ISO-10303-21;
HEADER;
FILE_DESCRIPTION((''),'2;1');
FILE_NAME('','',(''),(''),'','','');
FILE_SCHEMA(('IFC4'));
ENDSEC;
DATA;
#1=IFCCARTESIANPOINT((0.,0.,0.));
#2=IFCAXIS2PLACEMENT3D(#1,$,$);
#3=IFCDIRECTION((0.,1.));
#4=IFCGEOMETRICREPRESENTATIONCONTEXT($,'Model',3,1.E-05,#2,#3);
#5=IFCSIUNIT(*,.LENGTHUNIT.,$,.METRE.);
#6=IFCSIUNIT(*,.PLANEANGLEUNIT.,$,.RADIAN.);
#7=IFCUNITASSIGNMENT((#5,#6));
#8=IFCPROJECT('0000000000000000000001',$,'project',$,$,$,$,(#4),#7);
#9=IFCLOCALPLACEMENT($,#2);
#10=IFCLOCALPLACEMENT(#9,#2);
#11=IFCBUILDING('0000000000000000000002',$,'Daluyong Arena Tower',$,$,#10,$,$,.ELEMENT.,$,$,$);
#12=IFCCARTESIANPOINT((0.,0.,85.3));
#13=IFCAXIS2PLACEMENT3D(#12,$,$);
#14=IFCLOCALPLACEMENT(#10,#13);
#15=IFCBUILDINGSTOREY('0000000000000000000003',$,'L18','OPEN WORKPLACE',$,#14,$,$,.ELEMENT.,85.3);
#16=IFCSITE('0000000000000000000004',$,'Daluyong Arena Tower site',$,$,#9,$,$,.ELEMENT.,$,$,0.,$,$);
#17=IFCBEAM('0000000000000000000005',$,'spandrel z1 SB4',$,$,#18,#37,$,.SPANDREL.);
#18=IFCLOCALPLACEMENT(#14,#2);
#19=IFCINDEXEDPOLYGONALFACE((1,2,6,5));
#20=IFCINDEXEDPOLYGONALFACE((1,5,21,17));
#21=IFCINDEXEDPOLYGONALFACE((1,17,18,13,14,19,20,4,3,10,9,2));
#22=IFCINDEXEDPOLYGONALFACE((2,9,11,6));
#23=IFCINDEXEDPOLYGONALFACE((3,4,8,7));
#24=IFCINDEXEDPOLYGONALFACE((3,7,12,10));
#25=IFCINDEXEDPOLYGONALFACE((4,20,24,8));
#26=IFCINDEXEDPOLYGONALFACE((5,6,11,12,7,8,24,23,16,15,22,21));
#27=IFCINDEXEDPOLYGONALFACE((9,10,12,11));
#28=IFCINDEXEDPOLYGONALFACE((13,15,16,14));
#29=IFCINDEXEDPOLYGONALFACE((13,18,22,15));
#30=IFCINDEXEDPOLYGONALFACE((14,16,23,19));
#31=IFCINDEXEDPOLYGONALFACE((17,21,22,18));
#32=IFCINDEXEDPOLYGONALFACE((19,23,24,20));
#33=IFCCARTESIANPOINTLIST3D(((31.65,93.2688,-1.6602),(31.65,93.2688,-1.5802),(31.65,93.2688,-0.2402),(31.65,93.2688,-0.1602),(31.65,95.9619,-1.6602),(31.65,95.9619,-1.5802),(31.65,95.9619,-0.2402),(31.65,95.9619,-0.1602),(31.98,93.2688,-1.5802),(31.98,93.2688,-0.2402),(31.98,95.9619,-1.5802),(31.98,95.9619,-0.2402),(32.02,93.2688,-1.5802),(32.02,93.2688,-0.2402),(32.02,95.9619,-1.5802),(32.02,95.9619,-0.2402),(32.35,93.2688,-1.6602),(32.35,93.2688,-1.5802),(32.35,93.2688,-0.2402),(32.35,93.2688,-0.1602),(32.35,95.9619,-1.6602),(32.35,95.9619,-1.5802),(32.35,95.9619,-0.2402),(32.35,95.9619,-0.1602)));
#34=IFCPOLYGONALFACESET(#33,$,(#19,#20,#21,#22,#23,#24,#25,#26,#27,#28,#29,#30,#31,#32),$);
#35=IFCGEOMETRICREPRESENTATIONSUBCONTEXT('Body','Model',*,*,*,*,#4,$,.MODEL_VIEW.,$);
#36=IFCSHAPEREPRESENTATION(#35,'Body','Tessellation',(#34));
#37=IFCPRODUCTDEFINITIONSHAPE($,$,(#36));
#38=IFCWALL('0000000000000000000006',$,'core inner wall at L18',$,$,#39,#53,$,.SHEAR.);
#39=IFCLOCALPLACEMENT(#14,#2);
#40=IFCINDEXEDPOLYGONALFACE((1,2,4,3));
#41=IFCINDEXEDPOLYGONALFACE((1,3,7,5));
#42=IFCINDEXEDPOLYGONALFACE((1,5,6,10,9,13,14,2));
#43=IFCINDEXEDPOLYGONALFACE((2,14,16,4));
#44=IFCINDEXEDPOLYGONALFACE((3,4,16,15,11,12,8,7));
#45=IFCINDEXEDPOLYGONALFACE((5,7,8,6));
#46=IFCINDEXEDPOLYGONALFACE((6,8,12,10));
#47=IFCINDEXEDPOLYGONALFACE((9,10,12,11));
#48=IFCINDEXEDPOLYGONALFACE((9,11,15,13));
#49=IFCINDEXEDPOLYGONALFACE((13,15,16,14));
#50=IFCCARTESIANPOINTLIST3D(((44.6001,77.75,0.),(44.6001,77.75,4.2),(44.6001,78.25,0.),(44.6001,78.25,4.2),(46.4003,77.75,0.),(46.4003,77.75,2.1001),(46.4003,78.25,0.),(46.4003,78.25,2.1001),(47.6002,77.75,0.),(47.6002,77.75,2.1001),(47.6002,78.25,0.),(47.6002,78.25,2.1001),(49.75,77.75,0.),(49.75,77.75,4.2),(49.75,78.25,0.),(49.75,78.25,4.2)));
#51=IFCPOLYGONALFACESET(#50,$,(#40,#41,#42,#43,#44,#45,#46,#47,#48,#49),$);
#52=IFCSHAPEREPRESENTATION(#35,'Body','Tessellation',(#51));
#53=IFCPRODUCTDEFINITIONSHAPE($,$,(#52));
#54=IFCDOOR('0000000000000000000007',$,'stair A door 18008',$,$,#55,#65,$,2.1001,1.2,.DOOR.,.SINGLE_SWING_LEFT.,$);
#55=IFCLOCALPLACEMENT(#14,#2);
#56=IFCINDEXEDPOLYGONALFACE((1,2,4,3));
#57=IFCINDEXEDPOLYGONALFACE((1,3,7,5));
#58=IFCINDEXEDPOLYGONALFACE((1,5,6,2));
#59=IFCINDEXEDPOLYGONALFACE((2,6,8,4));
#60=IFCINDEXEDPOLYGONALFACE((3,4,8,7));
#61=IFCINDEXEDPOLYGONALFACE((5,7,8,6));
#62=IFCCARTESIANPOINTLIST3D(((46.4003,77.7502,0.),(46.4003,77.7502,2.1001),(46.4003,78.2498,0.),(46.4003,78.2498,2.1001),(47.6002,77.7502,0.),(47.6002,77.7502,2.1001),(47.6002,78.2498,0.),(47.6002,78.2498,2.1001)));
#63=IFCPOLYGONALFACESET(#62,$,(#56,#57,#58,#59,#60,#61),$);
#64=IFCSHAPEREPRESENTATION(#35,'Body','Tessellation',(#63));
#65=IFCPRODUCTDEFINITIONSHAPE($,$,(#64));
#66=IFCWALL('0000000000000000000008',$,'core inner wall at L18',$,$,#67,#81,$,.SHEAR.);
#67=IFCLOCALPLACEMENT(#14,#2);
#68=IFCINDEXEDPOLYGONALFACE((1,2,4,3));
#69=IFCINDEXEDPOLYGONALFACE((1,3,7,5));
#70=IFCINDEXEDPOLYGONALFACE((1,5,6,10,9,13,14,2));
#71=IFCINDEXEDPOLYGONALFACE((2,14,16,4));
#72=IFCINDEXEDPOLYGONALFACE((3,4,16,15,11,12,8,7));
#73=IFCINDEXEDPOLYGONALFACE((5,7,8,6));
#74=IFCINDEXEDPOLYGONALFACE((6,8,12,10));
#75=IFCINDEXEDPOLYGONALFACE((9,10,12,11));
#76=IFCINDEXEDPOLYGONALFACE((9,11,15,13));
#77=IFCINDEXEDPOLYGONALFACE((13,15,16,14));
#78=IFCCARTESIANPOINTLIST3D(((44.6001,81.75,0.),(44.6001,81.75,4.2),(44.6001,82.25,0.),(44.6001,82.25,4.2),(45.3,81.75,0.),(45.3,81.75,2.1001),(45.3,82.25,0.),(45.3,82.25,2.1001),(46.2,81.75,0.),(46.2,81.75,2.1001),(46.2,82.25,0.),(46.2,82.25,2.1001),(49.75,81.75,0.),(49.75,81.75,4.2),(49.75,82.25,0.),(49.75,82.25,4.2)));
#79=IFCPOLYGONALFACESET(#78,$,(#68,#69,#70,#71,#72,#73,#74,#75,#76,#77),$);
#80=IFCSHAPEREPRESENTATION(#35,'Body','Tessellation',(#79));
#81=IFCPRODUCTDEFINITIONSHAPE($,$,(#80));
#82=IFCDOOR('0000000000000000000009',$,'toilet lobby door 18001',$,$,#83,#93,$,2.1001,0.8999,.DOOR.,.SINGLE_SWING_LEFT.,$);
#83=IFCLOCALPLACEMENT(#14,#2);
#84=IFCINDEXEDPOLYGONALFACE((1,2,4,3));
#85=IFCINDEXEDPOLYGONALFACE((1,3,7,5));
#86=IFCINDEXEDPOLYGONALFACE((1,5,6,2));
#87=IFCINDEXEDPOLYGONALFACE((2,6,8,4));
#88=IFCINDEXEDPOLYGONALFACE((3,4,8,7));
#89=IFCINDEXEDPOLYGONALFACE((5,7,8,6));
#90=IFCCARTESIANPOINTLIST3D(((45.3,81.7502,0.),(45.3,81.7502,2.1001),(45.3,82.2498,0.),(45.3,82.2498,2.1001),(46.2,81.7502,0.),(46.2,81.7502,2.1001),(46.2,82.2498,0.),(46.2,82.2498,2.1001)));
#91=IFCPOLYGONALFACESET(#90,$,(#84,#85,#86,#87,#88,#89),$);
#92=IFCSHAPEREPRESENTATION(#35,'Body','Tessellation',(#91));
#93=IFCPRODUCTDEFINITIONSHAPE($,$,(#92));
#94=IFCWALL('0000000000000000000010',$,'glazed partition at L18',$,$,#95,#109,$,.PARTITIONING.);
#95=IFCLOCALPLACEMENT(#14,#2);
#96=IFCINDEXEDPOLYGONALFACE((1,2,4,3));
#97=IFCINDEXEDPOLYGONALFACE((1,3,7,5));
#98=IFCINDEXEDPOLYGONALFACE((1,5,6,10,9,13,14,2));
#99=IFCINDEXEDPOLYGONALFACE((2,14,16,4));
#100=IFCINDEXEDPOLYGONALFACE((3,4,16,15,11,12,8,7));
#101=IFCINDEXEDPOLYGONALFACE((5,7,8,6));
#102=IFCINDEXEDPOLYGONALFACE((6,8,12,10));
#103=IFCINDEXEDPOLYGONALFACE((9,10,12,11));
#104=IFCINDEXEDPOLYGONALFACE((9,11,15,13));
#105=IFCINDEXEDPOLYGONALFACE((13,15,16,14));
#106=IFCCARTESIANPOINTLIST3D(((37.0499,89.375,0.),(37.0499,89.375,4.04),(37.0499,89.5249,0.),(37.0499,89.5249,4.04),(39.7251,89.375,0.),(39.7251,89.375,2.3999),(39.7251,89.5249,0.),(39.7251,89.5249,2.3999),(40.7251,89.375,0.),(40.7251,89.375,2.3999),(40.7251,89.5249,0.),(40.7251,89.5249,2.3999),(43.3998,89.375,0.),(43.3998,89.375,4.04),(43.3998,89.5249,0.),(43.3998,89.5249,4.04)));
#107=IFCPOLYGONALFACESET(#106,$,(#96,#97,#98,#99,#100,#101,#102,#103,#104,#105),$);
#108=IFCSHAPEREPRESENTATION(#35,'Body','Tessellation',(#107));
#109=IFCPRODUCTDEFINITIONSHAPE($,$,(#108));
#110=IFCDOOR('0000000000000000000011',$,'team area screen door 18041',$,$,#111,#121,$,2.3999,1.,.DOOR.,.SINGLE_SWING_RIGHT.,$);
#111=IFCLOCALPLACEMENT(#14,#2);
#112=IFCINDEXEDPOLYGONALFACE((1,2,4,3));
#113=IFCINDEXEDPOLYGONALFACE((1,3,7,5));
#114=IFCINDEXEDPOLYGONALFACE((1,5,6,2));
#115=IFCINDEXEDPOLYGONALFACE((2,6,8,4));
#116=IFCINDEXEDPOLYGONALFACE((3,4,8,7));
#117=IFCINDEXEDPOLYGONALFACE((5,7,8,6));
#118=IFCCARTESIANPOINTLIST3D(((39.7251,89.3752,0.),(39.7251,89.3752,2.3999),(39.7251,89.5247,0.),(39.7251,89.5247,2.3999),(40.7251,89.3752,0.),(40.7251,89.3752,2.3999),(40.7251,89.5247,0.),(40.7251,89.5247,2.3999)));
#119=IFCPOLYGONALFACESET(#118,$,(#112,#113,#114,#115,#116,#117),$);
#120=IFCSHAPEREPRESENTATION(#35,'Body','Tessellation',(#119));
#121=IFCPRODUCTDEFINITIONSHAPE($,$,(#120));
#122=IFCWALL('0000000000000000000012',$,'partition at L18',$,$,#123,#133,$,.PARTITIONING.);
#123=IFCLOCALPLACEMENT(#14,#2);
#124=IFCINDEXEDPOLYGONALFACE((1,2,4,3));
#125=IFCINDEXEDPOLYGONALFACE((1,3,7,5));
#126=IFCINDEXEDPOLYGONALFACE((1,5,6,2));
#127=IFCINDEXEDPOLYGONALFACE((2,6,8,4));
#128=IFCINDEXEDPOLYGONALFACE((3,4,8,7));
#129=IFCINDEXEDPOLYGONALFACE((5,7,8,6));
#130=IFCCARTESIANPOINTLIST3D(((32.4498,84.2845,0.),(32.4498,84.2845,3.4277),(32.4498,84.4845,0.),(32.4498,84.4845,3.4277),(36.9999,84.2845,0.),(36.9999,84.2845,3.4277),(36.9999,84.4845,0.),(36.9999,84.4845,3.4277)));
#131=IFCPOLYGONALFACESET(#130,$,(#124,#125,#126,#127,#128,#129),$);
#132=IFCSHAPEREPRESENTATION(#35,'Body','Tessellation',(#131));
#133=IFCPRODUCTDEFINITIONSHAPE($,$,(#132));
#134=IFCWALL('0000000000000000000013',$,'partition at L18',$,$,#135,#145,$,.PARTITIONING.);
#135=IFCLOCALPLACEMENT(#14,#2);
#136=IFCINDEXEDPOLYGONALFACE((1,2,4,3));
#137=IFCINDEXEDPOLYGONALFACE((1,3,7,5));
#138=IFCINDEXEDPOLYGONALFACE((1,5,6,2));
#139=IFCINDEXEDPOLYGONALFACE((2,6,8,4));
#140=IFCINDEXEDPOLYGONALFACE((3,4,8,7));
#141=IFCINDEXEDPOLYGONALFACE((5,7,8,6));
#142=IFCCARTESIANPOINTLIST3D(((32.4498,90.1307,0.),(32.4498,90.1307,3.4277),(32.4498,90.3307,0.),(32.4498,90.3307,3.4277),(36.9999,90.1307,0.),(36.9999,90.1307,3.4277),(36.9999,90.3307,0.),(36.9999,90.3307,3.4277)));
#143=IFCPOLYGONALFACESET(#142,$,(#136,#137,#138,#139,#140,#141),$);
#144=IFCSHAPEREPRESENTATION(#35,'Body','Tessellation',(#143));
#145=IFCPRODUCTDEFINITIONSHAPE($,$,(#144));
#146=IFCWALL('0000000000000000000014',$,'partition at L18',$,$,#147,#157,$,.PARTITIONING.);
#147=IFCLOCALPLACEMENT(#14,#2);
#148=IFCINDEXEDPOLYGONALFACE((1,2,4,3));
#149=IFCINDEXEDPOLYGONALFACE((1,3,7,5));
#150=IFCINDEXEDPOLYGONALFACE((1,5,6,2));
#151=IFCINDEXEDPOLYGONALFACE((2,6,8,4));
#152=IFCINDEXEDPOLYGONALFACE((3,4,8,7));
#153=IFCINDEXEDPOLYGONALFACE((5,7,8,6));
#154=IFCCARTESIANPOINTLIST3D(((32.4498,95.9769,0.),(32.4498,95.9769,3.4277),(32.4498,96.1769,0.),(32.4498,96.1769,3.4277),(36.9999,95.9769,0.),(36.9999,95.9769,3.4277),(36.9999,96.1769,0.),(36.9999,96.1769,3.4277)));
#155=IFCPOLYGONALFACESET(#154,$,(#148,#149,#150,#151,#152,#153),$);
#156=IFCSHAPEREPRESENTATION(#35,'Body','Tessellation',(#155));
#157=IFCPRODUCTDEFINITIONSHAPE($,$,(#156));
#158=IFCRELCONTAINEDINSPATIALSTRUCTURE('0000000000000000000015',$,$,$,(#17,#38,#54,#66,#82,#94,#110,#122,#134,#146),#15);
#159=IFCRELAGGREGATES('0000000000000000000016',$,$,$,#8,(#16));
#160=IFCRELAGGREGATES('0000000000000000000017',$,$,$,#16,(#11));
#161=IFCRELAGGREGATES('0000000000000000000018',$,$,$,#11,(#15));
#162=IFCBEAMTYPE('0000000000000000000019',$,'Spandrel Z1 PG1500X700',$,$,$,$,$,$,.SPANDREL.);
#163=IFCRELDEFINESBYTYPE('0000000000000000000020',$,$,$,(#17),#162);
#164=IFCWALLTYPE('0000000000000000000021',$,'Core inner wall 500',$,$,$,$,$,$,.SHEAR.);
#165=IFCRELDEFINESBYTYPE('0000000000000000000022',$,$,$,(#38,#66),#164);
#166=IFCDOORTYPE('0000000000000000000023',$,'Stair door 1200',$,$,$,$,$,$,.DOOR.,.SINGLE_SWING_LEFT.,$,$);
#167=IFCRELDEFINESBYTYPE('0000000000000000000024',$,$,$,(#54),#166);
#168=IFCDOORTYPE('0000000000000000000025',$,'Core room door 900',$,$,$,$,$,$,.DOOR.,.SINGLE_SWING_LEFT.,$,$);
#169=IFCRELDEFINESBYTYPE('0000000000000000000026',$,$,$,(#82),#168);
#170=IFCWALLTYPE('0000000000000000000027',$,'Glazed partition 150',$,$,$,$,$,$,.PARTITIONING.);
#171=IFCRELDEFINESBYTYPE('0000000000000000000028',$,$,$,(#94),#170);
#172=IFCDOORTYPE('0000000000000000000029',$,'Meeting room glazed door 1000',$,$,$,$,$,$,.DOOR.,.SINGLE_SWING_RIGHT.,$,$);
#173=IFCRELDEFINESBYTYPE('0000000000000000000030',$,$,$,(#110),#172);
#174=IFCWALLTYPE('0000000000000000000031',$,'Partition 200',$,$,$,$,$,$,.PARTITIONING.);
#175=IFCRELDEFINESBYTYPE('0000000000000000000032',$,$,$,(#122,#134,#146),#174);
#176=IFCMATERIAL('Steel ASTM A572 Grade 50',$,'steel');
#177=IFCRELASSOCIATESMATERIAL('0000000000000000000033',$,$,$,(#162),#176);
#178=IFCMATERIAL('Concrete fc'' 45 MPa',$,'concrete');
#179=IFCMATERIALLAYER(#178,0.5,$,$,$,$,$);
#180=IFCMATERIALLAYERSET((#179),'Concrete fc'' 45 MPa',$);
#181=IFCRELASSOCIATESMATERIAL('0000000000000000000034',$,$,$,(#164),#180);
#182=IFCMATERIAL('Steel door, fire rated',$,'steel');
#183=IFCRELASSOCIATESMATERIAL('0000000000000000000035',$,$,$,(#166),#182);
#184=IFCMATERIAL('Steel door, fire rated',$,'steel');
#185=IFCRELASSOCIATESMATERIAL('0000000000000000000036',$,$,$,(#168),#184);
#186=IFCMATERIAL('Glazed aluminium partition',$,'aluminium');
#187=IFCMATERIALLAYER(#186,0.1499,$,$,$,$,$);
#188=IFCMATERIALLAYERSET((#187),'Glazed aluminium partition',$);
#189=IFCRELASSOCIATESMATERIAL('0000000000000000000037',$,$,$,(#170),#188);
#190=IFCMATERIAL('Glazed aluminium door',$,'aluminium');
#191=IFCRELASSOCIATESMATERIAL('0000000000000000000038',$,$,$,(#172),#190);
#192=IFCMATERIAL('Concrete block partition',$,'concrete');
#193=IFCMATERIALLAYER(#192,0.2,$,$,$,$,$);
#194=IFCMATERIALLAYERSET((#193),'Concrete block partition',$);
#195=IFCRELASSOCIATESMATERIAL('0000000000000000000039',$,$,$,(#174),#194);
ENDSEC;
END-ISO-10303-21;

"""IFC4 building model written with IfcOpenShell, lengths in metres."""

from ifc_helpers import new_model, si_unit, direction, frame, frame_2d, origin, origin_2d, place, context, subcontext, project, spatial, rectangle, i_section, extrude, material, layer, layer_set, material_profile, profile_set, type_object, element, fill, save


model = new_model("IFC4")

# Units and contexts
model_context = context("Model", 3, precision=1e-05, world=origin(), true_north=direction((0.0, 1.0)))
body_context = subcontext(model_context, "Body", "Model", "MODEL_VIEW")
ifc_project = project(units=[si_unit("LENGTHUNIT", "METRE"), si_unit("PLANEANGLEUNIT", "RADIAN")], contexts=[model_context])

# Site, building, storey
site_placement = place(None, origin())
site = spatial("IfcSite", under=ifc_project, at=site_placement, Name="Daluyong Arena Tower site", CompositionType="ELEMENT", RefElevation=0.0)
building_placement = place(site_placement, origin())
building = spatial("IfcBuilding", under=site, at=building_placement, Name="Daluyong Arena Tower", CompositionType="ELEMENT")
storey_placement = place(building_placement, frame((0.0, 0.0, 85.3)))
storey = spatial("IfcBuildingStorey", under=building, at=storey_placement, Name="L18", Description="OPEN WORKPLACE", CompositionType="ELEMENT", Elevation=85.3)

# Beam
ifc_material_1 = material(Name="Steel ASTM A572 Grade 50", Category="steel")
ifc_material_profile_1 = material_profile(ifc_material_1, i_section(OverallWidth=0.7, OverallDepth=1.5, WebThickness=0.04, FlangeThickness=0.08, at=origin_2d()))
ifc_profile_set_1 = profile_set([ifc_material_profile_1], Name="Steel ASTM A572 Grade 50")
beam_type_1 = type_object("IfcBeamType", Name="Spandrel Z1 PG1500X700", PredefinedType="SPANDREL", material=ifc_profile_set_1)
beam_1_placement = place(storey_placement, frame((32.0, 95.9619, -0.9102), z_axis=(0.0, -1.0, 0.0), x_axis=(1.0, 0.0, 0.0)))
element("IfcBeam", 1, at=beam_1_placement, inside=storey, type_object=beam_type_1, Name="spandrel z1 SB4", PredefinedType="SPANDREL", context=body_context, shape_type="SweptSolid", body=[
    extrude(i_section(OverallWidth=0.7, OverallDepth=1.5, WebThickness=0.04, FlangeThickness=0.08, at=origin_2d()), origin(), (0.0, 0.0, 1.0), 2.6931),
])

# Walls, openings, doors
ifc_material_2 = material(Name="Concrete fc' 45 MPa", Category="concrete")
ifc_layer_1 = layer(ifc_material_2, 0.5)
ifc_layer_set_1 = layer_set([ifc_layer_1], Name="Concrete fc' 45 MPa")
wall_type_1 = type_object("IfcWallType", Name="Core inner wall 500", PredefinedType="SHEAR", material=ifc_layer_set_1)
wall_1_placement = place(storey_placement, frame((44.6001, 78.0, 0.0), z_axis=(0.0, 0.0, 1.0), x_axis=(1.0, 0.0, 0.0)))
wall_1 = element("IfcWall", 2, at=wall_1_placement, inside=storey, type_object=wall_type_1, Name="core inner wall at L18", PredefinedType="SHEAR", context=body_context, shape_type="SweptSolid", body=[
    extrude(rectangle(XDim=5.1499, YDim=0.5, at=frame_2d((2.575, 0.0))), origin(), (0.0, 0.0, 1.0), 4.2),
])
opening_1_placement = place(wall_1_placement, frame((1.8, 0.0, 0.0)))
opening_1 = element("IfcOpeningElement", 3, at=opening_1_placement, cuts=wall_1, PredefinedType="OPENING", context=body_context, shape_type="SweptSolid", body=[
    extrude(rectangle(XDim=1.2, YDim=2.1001, at=frame_2d((0.6001, 1.05))), frame((0.0, 0.26, 0.0), z_axis=(0.0, -1.0, 0.0), x_axis=(1.0, 0.0, 0.0)), (0.0, 0.0, 1.0), 0.52),
])
ifc_material_3 = material(Name="Steel door, fire rated", Category="steel")
door_type_1 = type_object("IfcDoorType", Name="Stair door 1200", OperationType="SINGLE_SWING_LEFT", PredefinedType="DOOR", material=ifc_material_3)
door_1_placement = place(opening_1_placement, origin())
door_1 = element("IfcDoor", 4, at=door_1_placement, inside=storey, type_object=door_type_1, Name="stair A door 18008", OperationType="SINGLE_SWING_LEFT", OverallHeight=2.1001, OverallWidth=1.2, PredefinedType="DOOR", context=body_context, shape_type="SweptSolid", body=[
    extrude(rectangle(XDim=1.2, YDim=2.1001, at=frame_2d((0.6001, 1.05))), frame((0.0, 0.2498, 0.0), z_axis=(0.0, -1.0, 0.0), x_axis=(1.0, 0.0, 0.0)), (0.0, 0.0, 1.0), 0.4995),
])
fill(opening_1, door_1)
wall_2_placement = place(storey_placement, frame((44.6001, 82.0, 0.0), z_axis=(0.0, 0.0, 1.0), x_axis=(1.0, 0.0, 0.0)))
wall_2 = element("IfcWall", 5, at=wall_2_placement, inside=storey, type_object=wall_type_1, Name="core inner wall at L18", PredefinedType="SHEAR", context=body_context, shape_type="SweptSolid", body=[
    extrude(rectangle(XDim=5.1499, YDim=0.5, at=frame_2d((2.575, 0.0))), origin(), (0.0, 0.0, 1.0), 4.2),
])
opening_2_placement = place(wall_2_placement, frame((0.7, 0.0, 0.0)))
opening_2 = element("IfcOpeningElement", 6, at=opening_2_placement, cuts=wall_2, PredefinedType="OPENING", context=body_context, shape_type="SweptSolid", body=[
    extrude(rectangle(XDim=0.8999, YDim=2.1001, at=frame_2d((0.45, 1.05))), frame((0.0, 0.26, 0.0), z_axis=(0.0, -1.0, 0.0), x_axis=(1.0, 0.0, 0.0)), (0.0, 0.0, 1.0), 0.52),
])
ifc_material_4 = material(Name="Steel door, fire rated", Category="steel")
door_type_2 = type_object("IfcDoorType", Name="Core room door 900", OperationType="SINGLE_SWING_LEFT", PredefinedType="DOOR", material=ifc_material_4)
door_2_placement = place(opening_2_placement, origin())
door_2 = element("IfcDoor", 7, at=door_2_placement, inside=storey, type_object=door_type_2, Name="toilet lobby door 18001", OperationType="SINGLE_SWING_LEFT", OverallHeight=2.1001, OverallWidth=0.8999, PredefinedType="DOOR", context=body_context, shape_type="SweptSolid", body=[
    extrude(rectangle(XDim=0.8999, YDim=2.1001, at=frame_2d((0.45, 1.05))), frame((0.0, 0.2498, 0.0), z_axis=(0.0, -1.0, 0.0), x_axis=(1.0, 0.0, 0.0)), (0.0, 0.0, 1.0), 0.4995),
])
fill(opening_2, door_2)
ifc_material_5 = material(Name="Glazed aluminium partition", Category="aluminium")
ifc_layer_2 = layer(ifc_material_5, 0.1499)
ifc_layer_set_2 = layer_set([ifc_layer_2], Name="Glazed aluminium partition")
wall_type_2 = type_object("IfcWallType", Name="Glazed partition 150", PredefinedType="PARTITIONING", material=ifc_layer_set_2)
wall_3_placement = place(storey_placement, frame((37.05, 89.45, 0.0), z_axis=(0.0, 0.0, 1.0), x_axis=(1.0, 0.0, 0.0)))
wall_3 = element("IfcWall", 8, at=wall_3_placement, inside=storey, type_object=wall_type_2, Name="glazed partition at L18", PredefinedType="PARTITIONING", context=body_context, shape_type="SweptSolid", body=[
    extrude(rectangle(XDim=6.3499, YDim=0.1499, at=frame_2d((3.1748, 0.0))), origin(), (0.0, 0.0, 1.0), 4.04),
])
opening_3_placement = place(wall_3_placement, frame((2.675, 0.0, 0.0)))
opening_3 = element("IfcOpeningElement", 9, at=opening_3_placement, cuts=wall_3, PredefinedType="OPENING", context=body_context, shape_type="SweptSolid", body=[
    extrude(rectangle(XDim=1.0, YDim=2.3999, at=frame_2d((0.5, 1.2))), frame((0.0, 0.085, 0.0), z_axis=(0.0, -1.0, 0.0), x_axis=(1.0, 0.0, 0.0)), (0.0, 0.0, 1.0), 0.1699),
])
ifc_material_6 = material(Name="Glazed aluminium door", Category="aluminium")
door_type_3 = type_object("IfcDoorType", Name="Meeting room glazed door 1000", OperationType="SINGLE_SWING_RIGHT", PredefinedType="DOOR", material=ifc_material_6)
door_3_placement = place(opening_3_placement, origin())
door_3 = element("IfcDoor", 10, at=door_3_placement, inside=storey, type_object=door_type_3, Name="team area screen door 18041", OperationType="SINGLE_SWING_RIGHT", OverallHeight=2.3999, OverallWidth=1.0, PredefinedType="DOOR", context=body_context, shape_type="SweptSolid", body=[
    extrude(rectangle(XDim=1.0, YDim=2.3999, at=frame_2d((0.5, 1.2))), frame((0.0, 0.0747, 0.0), z_axis=(0.0, -1.0, 0.0), x_axis=(1.0, 0.0, 0.0)), (0.0, 0.0, 1.0), 0.1494),
])
fill(opening_3, door_3)

# Walls
ifc_material_7 = material(Name="Concrete block partition", Category="concrete")
ifc_layer_3 = layer(ifc_material_7, 0.2)
ifc_layer_set_3 = layer_set([ifc_layer_3], Name="Concrete block partition")
wall_type_3 = type_object("IfcWallType", Name="Partition 200", PredefinedType="PARTITIONING", material=ifc_layer_set_3)
for number, where, z_axis, x_axis, name in (
    (11, (32.45, 84.3845, 0.0), (0.0, 0.0, 1.0), (1.0, 0.0, 0.0), "partition at L18"),
    (12, (32.45, 90.2307, 0.0), (0.0, 0.0, 1.0), (1.0, 0.0, 0.0), "partition at L18"),
    (13, (32.45, 96.0769, 0.0), (0.0, 0.0, 1.0), (1.0, 0.0, 0.0), "partition at L18"),
):
    element("IfcWall", number, at=place(storey_placement, frame(where, z_axis=z_axis, x_axis=x_axis)), inside=storey, type_object=wall_type_3, Name=name, PredefinedType="PARTITIONING", context=body_context, shape_type="SweptSolid", body=[
        extrude(rectangle(XDim=4.55, YDim=0.2, at=frame_2d((2.2749, 0.0))), origin(), (0.0, 0.0, 1.0), 3.4277),
    ])

save(model, "model.ifc")
